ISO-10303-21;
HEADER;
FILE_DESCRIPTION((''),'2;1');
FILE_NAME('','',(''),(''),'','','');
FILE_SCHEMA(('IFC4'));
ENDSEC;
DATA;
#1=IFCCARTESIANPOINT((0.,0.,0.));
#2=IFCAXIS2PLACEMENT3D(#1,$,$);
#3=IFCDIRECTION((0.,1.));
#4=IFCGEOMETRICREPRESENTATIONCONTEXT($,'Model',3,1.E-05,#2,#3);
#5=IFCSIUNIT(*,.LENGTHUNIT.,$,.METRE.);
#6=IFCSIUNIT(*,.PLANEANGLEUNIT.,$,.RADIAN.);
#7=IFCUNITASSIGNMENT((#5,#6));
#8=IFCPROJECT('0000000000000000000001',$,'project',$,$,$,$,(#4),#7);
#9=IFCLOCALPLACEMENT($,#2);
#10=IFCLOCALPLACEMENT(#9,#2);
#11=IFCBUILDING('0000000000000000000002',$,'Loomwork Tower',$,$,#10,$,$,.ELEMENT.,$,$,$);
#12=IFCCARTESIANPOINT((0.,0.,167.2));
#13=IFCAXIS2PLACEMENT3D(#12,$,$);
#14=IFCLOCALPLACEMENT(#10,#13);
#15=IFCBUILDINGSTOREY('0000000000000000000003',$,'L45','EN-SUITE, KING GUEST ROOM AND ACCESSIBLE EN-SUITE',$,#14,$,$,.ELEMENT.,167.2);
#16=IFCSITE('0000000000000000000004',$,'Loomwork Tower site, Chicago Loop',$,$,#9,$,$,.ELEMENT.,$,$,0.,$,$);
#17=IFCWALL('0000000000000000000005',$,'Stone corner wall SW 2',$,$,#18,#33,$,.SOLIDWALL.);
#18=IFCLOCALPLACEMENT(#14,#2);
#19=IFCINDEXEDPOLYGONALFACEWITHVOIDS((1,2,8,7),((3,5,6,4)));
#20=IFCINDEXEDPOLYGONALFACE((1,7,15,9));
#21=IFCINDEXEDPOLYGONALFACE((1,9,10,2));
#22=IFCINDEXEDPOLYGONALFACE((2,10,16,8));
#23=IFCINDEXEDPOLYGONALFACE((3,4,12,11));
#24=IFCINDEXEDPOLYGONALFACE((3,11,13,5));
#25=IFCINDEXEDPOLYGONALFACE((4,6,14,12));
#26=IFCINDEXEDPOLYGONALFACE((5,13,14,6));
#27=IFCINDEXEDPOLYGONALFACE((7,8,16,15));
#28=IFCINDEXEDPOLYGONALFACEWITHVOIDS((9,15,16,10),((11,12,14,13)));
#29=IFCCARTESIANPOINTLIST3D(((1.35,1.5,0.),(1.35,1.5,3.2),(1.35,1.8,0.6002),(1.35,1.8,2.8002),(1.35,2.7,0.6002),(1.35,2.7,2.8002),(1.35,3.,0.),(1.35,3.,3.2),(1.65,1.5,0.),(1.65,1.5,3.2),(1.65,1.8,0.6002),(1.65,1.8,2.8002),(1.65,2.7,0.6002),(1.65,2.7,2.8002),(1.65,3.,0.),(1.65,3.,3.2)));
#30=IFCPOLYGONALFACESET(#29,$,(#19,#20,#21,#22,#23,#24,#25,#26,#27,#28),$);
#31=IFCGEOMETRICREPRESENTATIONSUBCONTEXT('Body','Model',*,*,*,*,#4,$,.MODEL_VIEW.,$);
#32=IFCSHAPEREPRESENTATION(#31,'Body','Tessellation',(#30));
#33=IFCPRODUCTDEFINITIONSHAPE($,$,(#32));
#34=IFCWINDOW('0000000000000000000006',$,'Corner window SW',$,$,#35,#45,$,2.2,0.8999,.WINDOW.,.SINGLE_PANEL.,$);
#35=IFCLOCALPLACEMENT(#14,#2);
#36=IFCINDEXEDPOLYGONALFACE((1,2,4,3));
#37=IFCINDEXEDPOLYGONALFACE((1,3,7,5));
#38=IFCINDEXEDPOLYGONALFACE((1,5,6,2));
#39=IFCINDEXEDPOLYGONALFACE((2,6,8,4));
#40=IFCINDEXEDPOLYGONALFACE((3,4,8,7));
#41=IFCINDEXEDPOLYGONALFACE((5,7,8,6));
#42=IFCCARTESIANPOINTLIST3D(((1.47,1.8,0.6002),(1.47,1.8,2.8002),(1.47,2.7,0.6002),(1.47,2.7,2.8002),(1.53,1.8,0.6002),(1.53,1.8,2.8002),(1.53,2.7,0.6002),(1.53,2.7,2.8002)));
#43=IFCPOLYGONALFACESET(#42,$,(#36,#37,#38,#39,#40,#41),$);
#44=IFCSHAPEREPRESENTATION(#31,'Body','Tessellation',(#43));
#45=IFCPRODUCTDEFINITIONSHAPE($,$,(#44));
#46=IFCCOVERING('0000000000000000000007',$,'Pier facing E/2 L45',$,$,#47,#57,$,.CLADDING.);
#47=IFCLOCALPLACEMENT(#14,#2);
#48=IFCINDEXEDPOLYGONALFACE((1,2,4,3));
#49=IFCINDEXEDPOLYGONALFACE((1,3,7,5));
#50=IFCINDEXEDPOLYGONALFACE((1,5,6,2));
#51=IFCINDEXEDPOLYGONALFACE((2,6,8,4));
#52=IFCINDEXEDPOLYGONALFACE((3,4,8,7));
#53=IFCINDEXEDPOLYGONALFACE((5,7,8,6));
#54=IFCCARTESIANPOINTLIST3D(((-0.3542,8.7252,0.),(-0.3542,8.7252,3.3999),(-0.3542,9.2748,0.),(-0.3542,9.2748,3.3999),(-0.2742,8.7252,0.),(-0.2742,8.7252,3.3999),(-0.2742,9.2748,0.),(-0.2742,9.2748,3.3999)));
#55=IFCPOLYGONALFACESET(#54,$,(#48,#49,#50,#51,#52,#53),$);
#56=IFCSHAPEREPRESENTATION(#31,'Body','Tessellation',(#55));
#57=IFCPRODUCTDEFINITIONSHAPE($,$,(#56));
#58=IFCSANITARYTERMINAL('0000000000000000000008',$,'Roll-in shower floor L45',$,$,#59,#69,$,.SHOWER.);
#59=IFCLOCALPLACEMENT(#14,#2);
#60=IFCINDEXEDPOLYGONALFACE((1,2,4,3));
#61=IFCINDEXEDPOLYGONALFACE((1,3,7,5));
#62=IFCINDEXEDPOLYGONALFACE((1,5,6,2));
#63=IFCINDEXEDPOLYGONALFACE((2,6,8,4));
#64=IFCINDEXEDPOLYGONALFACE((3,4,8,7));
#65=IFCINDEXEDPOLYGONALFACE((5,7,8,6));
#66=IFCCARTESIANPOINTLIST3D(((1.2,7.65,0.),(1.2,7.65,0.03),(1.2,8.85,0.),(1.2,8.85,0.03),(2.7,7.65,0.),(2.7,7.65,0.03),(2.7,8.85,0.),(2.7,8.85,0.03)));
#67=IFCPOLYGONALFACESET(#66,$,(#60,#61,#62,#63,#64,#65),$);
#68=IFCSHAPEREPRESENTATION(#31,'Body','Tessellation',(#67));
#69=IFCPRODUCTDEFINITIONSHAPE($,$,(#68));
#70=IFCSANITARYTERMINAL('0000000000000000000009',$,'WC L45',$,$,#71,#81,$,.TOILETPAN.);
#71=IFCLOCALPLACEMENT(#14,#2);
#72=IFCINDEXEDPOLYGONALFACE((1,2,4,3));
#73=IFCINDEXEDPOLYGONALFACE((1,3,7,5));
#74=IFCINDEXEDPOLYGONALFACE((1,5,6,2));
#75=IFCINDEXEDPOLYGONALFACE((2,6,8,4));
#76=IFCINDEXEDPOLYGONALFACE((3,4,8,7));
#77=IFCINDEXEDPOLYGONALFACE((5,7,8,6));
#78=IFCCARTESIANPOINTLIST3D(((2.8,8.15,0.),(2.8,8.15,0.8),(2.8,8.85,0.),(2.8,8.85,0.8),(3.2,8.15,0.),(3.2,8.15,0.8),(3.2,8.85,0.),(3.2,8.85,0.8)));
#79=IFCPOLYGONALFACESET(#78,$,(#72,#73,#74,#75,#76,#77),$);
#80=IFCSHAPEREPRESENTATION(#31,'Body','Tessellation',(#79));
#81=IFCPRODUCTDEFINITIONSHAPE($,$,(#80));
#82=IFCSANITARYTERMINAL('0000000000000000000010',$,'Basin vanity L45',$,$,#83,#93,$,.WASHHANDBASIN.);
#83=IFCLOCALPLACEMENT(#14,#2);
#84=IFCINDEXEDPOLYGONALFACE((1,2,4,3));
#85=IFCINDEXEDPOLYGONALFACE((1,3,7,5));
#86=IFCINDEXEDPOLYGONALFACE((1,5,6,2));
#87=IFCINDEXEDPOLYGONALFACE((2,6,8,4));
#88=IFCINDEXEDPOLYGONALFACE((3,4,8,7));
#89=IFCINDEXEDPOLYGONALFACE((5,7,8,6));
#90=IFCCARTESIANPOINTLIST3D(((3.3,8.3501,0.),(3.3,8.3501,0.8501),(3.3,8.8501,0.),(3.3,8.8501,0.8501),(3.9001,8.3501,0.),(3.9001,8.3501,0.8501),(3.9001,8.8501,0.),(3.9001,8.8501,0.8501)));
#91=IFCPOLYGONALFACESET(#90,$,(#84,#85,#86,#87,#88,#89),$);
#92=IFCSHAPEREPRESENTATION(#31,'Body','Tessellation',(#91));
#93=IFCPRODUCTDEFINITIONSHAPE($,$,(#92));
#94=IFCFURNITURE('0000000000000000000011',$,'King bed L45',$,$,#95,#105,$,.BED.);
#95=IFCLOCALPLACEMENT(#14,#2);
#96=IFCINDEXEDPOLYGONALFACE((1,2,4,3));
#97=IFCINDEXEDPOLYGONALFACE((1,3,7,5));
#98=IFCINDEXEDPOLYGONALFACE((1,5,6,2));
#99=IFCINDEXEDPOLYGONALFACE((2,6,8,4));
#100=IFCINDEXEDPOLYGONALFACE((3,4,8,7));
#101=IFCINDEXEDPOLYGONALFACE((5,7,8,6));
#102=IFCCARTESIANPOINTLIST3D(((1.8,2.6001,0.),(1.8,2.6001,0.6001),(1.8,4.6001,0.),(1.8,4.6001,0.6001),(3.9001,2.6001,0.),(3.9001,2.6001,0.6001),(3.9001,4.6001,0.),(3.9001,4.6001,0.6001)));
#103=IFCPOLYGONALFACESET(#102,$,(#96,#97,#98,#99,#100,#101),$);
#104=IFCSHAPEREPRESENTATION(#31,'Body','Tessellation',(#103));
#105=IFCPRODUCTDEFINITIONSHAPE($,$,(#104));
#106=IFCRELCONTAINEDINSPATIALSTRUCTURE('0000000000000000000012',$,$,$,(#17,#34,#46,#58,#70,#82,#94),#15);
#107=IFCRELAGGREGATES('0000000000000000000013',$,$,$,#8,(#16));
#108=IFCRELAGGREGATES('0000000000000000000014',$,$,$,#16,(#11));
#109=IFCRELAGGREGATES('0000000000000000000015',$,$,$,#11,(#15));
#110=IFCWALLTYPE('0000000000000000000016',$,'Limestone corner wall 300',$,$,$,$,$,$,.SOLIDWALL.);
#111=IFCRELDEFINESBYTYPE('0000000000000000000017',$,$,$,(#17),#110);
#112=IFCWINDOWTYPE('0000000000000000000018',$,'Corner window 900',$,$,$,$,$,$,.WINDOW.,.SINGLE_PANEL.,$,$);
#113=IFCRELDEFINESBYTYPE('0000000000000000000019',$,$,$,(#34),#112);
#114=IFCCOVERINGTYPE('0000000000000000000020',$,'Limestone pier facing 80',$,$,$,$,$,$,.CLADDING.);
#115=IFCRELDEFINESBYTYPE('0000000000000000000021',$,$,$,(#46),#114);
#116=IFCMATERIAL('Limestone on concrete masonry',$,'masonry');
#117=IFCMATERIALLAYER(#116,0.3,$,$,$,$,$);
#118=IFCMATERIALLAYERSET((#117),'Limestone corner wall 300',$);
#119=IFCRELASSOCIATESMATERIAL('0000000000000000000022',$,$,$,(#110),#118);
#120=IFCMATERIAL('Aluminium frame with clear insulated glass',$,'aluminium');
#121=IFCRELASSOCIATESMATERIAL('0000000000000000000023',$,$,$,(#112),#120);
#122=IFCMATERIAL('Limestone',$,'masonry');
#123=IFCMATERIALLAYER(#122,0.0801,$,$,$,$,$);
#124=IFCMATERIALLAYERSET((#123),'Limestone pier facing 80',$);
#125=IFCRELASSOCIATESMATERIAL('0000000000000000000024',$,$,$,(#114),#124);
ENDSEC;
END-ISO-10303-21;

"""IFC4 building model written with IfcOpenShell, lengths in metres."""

from ifc_helpers import new_model, si_unit, direction, frame, frame_2d, origin, origin_2d, place, context, subcontext, project, spatial, rectangle, extrude, material, layer, layer_set, type_object, element, fill, save


model = new_model("IFC4")

# Units and contexts
model_context = context("Model", 3, precision=1e-05, world=origin(), true_north=direction((0.0, 1.0)))
body_context = subcontext(model_context, "Body", "Model", "MODEL_VIEW")
ifc_project = project(units=[si_unit("LENGTHUNIT", "METRE"), si_unit("PLANEANGLEUNIT", "RADIAN")], contexts=[model_context])

# Site, building, storey
site_placement = place(None, origin())
site = spatial("IfcSite", under=ifc_project, at=site_placement, Name="Loomwork Tower site, Chicago Loop", CompositionType="ELEMENT", RefElevation=0.0)
building_placement = place(site_placement, origin())
building = spatial("IfcBuilding", under=site, at=building_placement, Name="Loomwork Tower", CompositionType="ELEMENT")
storey_placement = place(building_placement, frame((0.0, 0.0, 167.2)))
storey = spatial("IfcBuildingStorey", under=building, at=storey_placement, Name="L45", Description="EN-SUITE, KING GUEST ROOM AND ACCESSIBLE EN-SUITE", CompositionType="ELEMENT", Elevation=167.2)

# Wall, opening, window
ifc_material_1 = material(Name="Limestone on concrete masonry", Category="masonry")
ifc_layer_1 = layer(ifc_material_1, 0.3)
ifc_layer_set_1 = layer_set([ifc_layer_1], Name="Limestone corner wall 300")
wall_type_1 = type_object("IfcWallType", Name="Limestone corner wall 300", PredefinedType="SOLIDWALL", material=ifc_layer_set_1)
wall_1_placement = place(storey_placement, frame((1.5, 3.0, 0.0), z_axis=(0.0, 0.0, 1.0), x_axis=(0.0, -1.0, 0.0)))
wall_1 = element("IfcWall", 1, at=wall_1_placement, inside=storey, type_object=wall_type_1, Name="Stone corner wall SW 2", PredefinedType="SOLIDWALL", context=body_context, shape_type="SweptSolid", body=[
    extrude(rectangle(XDim=1.5, YDim=0.3, at=frame_2d((0.75, 0.0))), origin(), (0.0, 0.0, 1.0), 3.2),
])
opening_1_placement = place(wall_1_placement, frame((0.3, 0.0, 0.6001)))
opening_1 = element("IfcOpeningElement", 2, at=opening_1_placement, cuts=wall_1, PredefinedType="OPENING", context=body_context, shape_type="SweptSolid", body=[
    extrude(rectangle(XDim=0.8999, YDim=2.2, at=frame_2d((0.45, 1.1001))), frame((0.0, 0.1599, 0.0), z_axis=(0.0, -1.0, 0.0), x_axis=(1.0, 0.0, 0.0)), (0.0, 0.0, 1.0), 0.3201),
])
ifc_material_2 = material(Name="Aluminium frame with clear insulated glass", Category="aluminium")
window_type_1 = type_object("IfcWindowType", Name="Corner window 900", PartitioningType="SINGLE_PANEL", PredefinedType="WINDOW", material=ifc_material_2)
window_1_placement = place(opening_1_placement, origin())
window_1 = element("IfcWindow", 3, at=window_1_placement, inside=storey, type_object=window_type_1, Name="Corner window SW", OverallHeight=2.2, OverallWidth=0.8999, PartitioningType="SINGLE_PANEL", PredefinedType="WINDOW", context=body_context, shape_type="SweptSolid", body=[
    extrude(rectangle(XDim=0.8999, YDim=2.2, at=frame_2d((0.45, 1.1001))), frame((0.0, 0.03, 0.0), z_axis=(0.0, -1.0, 0.0), x_axis=(1.0, 0.0, 0.0)), (0.0, 0.0, 1.0), 0.0601),
])
fill(opening_1, window_1)

# Covering
ifc_material_3 = material(Name="Limestone", Category="masonry")
ifc_layer_2 = layer(ifc_material_3, 0.0801)
ifc_layer_set_2 = layer_set([ifc_layer_2], Name="Limestone pier facing 80")
covering_type = type_object("IfcCoveringType", Name="Limestone pier facing 80", PredefinedType="CLADDING", material=ifc_layer_set_2)
covering_placement = place(storey_placement, frame((-0.3142, 9.0, 0.0), z_axis=(0.0, 0.0, 1.0), x_axis=(1.0, 0.0, 0.0)))
element("IfcCovering", 4, at=covering_placement, inside=storey, type_object=covering_type, Name="Pier facing E/2 L45", PredefinedType="CLADDING", context=body_context, shape_type="SweptSolid", body=[
    extrude(rectangle(XDim=0.0801, YDim=0.5496, at=origin_2d()), origin(), (0.0, 0.0, 1.0), 3.3999),
])

# Sanitary terminals
sanitary_terminal_1_placement = place(storey_placement, frame((1.95, 8.25, 0.0), z_axis=(0.0, 0.0, 1.0), x_axis=(1.0, 0.0, 0.0)))
element("IfcSanitaryTerminal", 5, at=sanitary_terminal_1_placement, inside=storey, Name="Roll-in shower floor L45", PredefinedType="SHOWER", context=body_context, shape_type="SweptSolid", body=[
    extrude(rectangle(XDim=1.5, YDim=1.2, at=origin_2d()), origin(), (0.0, 0.0, 1.0), 0.03),
])
sanitary_terminal_2_placement = place(storey_placement, frame((3.0, 8.5, 0.0), z_axis=(0.0, 0.0, 1.0), x_axis=(1.0, 0.0, 0.0)))
element("IfcSanitaryTerminal", 6, at=sanitary_terminal_2_placement, inside=storey, Name="WC L45", PredefinedType="TOILETPAN", context=body_context, shape_type="SweptSolid", body=[
    extrude(rectangle(XDim=0.3999, YDim=0.7, at=origin_2d()), origin(), (0.0, 0.0, 1.0), 0.8),
])
sanitary_terminal_3_placement = place(storey_placement, frame((3.6001, 8.6001, 0.0), z_axis=(0.0, 0.0, 1.0), x_axis=(1.0, 0.0, 0.0)))
element("IfcSanitaryTerminal", 7, at=sanitary_terminal_3_placement, inside=storey, Name="Basin vanity L45", PredefinedType="WASHHANDBASIN", context=body_context, shape_type="SweptSolid", body=[
    extrude(rectangle(XDim=0.6001, YDim=0.5, at=origin_2d()), origin(), (0.0, 0.0, 1.0), 0.8501),
])

# Furniture
furniture_placement = place(storey_placement, frame((2.8501, 3.6001, 0.0), z_axis=(0.0, 0.0, 1.0), x_axis=(1.0, 0.0, 0.0)))
element("IfcFurniture", 8, at=furniture_placement, inside=storey, Name="King bed L45", PredefinedType="BED", context=body_context, shape_type="SweptSolid", body=[
    extrude(rectangle(XDim=2.1001, YDim=2.0, at=origin_2d()), origin(), (0.0, 0.0, 1.0), 0.6001),
])

save(model, "model.ifc")
